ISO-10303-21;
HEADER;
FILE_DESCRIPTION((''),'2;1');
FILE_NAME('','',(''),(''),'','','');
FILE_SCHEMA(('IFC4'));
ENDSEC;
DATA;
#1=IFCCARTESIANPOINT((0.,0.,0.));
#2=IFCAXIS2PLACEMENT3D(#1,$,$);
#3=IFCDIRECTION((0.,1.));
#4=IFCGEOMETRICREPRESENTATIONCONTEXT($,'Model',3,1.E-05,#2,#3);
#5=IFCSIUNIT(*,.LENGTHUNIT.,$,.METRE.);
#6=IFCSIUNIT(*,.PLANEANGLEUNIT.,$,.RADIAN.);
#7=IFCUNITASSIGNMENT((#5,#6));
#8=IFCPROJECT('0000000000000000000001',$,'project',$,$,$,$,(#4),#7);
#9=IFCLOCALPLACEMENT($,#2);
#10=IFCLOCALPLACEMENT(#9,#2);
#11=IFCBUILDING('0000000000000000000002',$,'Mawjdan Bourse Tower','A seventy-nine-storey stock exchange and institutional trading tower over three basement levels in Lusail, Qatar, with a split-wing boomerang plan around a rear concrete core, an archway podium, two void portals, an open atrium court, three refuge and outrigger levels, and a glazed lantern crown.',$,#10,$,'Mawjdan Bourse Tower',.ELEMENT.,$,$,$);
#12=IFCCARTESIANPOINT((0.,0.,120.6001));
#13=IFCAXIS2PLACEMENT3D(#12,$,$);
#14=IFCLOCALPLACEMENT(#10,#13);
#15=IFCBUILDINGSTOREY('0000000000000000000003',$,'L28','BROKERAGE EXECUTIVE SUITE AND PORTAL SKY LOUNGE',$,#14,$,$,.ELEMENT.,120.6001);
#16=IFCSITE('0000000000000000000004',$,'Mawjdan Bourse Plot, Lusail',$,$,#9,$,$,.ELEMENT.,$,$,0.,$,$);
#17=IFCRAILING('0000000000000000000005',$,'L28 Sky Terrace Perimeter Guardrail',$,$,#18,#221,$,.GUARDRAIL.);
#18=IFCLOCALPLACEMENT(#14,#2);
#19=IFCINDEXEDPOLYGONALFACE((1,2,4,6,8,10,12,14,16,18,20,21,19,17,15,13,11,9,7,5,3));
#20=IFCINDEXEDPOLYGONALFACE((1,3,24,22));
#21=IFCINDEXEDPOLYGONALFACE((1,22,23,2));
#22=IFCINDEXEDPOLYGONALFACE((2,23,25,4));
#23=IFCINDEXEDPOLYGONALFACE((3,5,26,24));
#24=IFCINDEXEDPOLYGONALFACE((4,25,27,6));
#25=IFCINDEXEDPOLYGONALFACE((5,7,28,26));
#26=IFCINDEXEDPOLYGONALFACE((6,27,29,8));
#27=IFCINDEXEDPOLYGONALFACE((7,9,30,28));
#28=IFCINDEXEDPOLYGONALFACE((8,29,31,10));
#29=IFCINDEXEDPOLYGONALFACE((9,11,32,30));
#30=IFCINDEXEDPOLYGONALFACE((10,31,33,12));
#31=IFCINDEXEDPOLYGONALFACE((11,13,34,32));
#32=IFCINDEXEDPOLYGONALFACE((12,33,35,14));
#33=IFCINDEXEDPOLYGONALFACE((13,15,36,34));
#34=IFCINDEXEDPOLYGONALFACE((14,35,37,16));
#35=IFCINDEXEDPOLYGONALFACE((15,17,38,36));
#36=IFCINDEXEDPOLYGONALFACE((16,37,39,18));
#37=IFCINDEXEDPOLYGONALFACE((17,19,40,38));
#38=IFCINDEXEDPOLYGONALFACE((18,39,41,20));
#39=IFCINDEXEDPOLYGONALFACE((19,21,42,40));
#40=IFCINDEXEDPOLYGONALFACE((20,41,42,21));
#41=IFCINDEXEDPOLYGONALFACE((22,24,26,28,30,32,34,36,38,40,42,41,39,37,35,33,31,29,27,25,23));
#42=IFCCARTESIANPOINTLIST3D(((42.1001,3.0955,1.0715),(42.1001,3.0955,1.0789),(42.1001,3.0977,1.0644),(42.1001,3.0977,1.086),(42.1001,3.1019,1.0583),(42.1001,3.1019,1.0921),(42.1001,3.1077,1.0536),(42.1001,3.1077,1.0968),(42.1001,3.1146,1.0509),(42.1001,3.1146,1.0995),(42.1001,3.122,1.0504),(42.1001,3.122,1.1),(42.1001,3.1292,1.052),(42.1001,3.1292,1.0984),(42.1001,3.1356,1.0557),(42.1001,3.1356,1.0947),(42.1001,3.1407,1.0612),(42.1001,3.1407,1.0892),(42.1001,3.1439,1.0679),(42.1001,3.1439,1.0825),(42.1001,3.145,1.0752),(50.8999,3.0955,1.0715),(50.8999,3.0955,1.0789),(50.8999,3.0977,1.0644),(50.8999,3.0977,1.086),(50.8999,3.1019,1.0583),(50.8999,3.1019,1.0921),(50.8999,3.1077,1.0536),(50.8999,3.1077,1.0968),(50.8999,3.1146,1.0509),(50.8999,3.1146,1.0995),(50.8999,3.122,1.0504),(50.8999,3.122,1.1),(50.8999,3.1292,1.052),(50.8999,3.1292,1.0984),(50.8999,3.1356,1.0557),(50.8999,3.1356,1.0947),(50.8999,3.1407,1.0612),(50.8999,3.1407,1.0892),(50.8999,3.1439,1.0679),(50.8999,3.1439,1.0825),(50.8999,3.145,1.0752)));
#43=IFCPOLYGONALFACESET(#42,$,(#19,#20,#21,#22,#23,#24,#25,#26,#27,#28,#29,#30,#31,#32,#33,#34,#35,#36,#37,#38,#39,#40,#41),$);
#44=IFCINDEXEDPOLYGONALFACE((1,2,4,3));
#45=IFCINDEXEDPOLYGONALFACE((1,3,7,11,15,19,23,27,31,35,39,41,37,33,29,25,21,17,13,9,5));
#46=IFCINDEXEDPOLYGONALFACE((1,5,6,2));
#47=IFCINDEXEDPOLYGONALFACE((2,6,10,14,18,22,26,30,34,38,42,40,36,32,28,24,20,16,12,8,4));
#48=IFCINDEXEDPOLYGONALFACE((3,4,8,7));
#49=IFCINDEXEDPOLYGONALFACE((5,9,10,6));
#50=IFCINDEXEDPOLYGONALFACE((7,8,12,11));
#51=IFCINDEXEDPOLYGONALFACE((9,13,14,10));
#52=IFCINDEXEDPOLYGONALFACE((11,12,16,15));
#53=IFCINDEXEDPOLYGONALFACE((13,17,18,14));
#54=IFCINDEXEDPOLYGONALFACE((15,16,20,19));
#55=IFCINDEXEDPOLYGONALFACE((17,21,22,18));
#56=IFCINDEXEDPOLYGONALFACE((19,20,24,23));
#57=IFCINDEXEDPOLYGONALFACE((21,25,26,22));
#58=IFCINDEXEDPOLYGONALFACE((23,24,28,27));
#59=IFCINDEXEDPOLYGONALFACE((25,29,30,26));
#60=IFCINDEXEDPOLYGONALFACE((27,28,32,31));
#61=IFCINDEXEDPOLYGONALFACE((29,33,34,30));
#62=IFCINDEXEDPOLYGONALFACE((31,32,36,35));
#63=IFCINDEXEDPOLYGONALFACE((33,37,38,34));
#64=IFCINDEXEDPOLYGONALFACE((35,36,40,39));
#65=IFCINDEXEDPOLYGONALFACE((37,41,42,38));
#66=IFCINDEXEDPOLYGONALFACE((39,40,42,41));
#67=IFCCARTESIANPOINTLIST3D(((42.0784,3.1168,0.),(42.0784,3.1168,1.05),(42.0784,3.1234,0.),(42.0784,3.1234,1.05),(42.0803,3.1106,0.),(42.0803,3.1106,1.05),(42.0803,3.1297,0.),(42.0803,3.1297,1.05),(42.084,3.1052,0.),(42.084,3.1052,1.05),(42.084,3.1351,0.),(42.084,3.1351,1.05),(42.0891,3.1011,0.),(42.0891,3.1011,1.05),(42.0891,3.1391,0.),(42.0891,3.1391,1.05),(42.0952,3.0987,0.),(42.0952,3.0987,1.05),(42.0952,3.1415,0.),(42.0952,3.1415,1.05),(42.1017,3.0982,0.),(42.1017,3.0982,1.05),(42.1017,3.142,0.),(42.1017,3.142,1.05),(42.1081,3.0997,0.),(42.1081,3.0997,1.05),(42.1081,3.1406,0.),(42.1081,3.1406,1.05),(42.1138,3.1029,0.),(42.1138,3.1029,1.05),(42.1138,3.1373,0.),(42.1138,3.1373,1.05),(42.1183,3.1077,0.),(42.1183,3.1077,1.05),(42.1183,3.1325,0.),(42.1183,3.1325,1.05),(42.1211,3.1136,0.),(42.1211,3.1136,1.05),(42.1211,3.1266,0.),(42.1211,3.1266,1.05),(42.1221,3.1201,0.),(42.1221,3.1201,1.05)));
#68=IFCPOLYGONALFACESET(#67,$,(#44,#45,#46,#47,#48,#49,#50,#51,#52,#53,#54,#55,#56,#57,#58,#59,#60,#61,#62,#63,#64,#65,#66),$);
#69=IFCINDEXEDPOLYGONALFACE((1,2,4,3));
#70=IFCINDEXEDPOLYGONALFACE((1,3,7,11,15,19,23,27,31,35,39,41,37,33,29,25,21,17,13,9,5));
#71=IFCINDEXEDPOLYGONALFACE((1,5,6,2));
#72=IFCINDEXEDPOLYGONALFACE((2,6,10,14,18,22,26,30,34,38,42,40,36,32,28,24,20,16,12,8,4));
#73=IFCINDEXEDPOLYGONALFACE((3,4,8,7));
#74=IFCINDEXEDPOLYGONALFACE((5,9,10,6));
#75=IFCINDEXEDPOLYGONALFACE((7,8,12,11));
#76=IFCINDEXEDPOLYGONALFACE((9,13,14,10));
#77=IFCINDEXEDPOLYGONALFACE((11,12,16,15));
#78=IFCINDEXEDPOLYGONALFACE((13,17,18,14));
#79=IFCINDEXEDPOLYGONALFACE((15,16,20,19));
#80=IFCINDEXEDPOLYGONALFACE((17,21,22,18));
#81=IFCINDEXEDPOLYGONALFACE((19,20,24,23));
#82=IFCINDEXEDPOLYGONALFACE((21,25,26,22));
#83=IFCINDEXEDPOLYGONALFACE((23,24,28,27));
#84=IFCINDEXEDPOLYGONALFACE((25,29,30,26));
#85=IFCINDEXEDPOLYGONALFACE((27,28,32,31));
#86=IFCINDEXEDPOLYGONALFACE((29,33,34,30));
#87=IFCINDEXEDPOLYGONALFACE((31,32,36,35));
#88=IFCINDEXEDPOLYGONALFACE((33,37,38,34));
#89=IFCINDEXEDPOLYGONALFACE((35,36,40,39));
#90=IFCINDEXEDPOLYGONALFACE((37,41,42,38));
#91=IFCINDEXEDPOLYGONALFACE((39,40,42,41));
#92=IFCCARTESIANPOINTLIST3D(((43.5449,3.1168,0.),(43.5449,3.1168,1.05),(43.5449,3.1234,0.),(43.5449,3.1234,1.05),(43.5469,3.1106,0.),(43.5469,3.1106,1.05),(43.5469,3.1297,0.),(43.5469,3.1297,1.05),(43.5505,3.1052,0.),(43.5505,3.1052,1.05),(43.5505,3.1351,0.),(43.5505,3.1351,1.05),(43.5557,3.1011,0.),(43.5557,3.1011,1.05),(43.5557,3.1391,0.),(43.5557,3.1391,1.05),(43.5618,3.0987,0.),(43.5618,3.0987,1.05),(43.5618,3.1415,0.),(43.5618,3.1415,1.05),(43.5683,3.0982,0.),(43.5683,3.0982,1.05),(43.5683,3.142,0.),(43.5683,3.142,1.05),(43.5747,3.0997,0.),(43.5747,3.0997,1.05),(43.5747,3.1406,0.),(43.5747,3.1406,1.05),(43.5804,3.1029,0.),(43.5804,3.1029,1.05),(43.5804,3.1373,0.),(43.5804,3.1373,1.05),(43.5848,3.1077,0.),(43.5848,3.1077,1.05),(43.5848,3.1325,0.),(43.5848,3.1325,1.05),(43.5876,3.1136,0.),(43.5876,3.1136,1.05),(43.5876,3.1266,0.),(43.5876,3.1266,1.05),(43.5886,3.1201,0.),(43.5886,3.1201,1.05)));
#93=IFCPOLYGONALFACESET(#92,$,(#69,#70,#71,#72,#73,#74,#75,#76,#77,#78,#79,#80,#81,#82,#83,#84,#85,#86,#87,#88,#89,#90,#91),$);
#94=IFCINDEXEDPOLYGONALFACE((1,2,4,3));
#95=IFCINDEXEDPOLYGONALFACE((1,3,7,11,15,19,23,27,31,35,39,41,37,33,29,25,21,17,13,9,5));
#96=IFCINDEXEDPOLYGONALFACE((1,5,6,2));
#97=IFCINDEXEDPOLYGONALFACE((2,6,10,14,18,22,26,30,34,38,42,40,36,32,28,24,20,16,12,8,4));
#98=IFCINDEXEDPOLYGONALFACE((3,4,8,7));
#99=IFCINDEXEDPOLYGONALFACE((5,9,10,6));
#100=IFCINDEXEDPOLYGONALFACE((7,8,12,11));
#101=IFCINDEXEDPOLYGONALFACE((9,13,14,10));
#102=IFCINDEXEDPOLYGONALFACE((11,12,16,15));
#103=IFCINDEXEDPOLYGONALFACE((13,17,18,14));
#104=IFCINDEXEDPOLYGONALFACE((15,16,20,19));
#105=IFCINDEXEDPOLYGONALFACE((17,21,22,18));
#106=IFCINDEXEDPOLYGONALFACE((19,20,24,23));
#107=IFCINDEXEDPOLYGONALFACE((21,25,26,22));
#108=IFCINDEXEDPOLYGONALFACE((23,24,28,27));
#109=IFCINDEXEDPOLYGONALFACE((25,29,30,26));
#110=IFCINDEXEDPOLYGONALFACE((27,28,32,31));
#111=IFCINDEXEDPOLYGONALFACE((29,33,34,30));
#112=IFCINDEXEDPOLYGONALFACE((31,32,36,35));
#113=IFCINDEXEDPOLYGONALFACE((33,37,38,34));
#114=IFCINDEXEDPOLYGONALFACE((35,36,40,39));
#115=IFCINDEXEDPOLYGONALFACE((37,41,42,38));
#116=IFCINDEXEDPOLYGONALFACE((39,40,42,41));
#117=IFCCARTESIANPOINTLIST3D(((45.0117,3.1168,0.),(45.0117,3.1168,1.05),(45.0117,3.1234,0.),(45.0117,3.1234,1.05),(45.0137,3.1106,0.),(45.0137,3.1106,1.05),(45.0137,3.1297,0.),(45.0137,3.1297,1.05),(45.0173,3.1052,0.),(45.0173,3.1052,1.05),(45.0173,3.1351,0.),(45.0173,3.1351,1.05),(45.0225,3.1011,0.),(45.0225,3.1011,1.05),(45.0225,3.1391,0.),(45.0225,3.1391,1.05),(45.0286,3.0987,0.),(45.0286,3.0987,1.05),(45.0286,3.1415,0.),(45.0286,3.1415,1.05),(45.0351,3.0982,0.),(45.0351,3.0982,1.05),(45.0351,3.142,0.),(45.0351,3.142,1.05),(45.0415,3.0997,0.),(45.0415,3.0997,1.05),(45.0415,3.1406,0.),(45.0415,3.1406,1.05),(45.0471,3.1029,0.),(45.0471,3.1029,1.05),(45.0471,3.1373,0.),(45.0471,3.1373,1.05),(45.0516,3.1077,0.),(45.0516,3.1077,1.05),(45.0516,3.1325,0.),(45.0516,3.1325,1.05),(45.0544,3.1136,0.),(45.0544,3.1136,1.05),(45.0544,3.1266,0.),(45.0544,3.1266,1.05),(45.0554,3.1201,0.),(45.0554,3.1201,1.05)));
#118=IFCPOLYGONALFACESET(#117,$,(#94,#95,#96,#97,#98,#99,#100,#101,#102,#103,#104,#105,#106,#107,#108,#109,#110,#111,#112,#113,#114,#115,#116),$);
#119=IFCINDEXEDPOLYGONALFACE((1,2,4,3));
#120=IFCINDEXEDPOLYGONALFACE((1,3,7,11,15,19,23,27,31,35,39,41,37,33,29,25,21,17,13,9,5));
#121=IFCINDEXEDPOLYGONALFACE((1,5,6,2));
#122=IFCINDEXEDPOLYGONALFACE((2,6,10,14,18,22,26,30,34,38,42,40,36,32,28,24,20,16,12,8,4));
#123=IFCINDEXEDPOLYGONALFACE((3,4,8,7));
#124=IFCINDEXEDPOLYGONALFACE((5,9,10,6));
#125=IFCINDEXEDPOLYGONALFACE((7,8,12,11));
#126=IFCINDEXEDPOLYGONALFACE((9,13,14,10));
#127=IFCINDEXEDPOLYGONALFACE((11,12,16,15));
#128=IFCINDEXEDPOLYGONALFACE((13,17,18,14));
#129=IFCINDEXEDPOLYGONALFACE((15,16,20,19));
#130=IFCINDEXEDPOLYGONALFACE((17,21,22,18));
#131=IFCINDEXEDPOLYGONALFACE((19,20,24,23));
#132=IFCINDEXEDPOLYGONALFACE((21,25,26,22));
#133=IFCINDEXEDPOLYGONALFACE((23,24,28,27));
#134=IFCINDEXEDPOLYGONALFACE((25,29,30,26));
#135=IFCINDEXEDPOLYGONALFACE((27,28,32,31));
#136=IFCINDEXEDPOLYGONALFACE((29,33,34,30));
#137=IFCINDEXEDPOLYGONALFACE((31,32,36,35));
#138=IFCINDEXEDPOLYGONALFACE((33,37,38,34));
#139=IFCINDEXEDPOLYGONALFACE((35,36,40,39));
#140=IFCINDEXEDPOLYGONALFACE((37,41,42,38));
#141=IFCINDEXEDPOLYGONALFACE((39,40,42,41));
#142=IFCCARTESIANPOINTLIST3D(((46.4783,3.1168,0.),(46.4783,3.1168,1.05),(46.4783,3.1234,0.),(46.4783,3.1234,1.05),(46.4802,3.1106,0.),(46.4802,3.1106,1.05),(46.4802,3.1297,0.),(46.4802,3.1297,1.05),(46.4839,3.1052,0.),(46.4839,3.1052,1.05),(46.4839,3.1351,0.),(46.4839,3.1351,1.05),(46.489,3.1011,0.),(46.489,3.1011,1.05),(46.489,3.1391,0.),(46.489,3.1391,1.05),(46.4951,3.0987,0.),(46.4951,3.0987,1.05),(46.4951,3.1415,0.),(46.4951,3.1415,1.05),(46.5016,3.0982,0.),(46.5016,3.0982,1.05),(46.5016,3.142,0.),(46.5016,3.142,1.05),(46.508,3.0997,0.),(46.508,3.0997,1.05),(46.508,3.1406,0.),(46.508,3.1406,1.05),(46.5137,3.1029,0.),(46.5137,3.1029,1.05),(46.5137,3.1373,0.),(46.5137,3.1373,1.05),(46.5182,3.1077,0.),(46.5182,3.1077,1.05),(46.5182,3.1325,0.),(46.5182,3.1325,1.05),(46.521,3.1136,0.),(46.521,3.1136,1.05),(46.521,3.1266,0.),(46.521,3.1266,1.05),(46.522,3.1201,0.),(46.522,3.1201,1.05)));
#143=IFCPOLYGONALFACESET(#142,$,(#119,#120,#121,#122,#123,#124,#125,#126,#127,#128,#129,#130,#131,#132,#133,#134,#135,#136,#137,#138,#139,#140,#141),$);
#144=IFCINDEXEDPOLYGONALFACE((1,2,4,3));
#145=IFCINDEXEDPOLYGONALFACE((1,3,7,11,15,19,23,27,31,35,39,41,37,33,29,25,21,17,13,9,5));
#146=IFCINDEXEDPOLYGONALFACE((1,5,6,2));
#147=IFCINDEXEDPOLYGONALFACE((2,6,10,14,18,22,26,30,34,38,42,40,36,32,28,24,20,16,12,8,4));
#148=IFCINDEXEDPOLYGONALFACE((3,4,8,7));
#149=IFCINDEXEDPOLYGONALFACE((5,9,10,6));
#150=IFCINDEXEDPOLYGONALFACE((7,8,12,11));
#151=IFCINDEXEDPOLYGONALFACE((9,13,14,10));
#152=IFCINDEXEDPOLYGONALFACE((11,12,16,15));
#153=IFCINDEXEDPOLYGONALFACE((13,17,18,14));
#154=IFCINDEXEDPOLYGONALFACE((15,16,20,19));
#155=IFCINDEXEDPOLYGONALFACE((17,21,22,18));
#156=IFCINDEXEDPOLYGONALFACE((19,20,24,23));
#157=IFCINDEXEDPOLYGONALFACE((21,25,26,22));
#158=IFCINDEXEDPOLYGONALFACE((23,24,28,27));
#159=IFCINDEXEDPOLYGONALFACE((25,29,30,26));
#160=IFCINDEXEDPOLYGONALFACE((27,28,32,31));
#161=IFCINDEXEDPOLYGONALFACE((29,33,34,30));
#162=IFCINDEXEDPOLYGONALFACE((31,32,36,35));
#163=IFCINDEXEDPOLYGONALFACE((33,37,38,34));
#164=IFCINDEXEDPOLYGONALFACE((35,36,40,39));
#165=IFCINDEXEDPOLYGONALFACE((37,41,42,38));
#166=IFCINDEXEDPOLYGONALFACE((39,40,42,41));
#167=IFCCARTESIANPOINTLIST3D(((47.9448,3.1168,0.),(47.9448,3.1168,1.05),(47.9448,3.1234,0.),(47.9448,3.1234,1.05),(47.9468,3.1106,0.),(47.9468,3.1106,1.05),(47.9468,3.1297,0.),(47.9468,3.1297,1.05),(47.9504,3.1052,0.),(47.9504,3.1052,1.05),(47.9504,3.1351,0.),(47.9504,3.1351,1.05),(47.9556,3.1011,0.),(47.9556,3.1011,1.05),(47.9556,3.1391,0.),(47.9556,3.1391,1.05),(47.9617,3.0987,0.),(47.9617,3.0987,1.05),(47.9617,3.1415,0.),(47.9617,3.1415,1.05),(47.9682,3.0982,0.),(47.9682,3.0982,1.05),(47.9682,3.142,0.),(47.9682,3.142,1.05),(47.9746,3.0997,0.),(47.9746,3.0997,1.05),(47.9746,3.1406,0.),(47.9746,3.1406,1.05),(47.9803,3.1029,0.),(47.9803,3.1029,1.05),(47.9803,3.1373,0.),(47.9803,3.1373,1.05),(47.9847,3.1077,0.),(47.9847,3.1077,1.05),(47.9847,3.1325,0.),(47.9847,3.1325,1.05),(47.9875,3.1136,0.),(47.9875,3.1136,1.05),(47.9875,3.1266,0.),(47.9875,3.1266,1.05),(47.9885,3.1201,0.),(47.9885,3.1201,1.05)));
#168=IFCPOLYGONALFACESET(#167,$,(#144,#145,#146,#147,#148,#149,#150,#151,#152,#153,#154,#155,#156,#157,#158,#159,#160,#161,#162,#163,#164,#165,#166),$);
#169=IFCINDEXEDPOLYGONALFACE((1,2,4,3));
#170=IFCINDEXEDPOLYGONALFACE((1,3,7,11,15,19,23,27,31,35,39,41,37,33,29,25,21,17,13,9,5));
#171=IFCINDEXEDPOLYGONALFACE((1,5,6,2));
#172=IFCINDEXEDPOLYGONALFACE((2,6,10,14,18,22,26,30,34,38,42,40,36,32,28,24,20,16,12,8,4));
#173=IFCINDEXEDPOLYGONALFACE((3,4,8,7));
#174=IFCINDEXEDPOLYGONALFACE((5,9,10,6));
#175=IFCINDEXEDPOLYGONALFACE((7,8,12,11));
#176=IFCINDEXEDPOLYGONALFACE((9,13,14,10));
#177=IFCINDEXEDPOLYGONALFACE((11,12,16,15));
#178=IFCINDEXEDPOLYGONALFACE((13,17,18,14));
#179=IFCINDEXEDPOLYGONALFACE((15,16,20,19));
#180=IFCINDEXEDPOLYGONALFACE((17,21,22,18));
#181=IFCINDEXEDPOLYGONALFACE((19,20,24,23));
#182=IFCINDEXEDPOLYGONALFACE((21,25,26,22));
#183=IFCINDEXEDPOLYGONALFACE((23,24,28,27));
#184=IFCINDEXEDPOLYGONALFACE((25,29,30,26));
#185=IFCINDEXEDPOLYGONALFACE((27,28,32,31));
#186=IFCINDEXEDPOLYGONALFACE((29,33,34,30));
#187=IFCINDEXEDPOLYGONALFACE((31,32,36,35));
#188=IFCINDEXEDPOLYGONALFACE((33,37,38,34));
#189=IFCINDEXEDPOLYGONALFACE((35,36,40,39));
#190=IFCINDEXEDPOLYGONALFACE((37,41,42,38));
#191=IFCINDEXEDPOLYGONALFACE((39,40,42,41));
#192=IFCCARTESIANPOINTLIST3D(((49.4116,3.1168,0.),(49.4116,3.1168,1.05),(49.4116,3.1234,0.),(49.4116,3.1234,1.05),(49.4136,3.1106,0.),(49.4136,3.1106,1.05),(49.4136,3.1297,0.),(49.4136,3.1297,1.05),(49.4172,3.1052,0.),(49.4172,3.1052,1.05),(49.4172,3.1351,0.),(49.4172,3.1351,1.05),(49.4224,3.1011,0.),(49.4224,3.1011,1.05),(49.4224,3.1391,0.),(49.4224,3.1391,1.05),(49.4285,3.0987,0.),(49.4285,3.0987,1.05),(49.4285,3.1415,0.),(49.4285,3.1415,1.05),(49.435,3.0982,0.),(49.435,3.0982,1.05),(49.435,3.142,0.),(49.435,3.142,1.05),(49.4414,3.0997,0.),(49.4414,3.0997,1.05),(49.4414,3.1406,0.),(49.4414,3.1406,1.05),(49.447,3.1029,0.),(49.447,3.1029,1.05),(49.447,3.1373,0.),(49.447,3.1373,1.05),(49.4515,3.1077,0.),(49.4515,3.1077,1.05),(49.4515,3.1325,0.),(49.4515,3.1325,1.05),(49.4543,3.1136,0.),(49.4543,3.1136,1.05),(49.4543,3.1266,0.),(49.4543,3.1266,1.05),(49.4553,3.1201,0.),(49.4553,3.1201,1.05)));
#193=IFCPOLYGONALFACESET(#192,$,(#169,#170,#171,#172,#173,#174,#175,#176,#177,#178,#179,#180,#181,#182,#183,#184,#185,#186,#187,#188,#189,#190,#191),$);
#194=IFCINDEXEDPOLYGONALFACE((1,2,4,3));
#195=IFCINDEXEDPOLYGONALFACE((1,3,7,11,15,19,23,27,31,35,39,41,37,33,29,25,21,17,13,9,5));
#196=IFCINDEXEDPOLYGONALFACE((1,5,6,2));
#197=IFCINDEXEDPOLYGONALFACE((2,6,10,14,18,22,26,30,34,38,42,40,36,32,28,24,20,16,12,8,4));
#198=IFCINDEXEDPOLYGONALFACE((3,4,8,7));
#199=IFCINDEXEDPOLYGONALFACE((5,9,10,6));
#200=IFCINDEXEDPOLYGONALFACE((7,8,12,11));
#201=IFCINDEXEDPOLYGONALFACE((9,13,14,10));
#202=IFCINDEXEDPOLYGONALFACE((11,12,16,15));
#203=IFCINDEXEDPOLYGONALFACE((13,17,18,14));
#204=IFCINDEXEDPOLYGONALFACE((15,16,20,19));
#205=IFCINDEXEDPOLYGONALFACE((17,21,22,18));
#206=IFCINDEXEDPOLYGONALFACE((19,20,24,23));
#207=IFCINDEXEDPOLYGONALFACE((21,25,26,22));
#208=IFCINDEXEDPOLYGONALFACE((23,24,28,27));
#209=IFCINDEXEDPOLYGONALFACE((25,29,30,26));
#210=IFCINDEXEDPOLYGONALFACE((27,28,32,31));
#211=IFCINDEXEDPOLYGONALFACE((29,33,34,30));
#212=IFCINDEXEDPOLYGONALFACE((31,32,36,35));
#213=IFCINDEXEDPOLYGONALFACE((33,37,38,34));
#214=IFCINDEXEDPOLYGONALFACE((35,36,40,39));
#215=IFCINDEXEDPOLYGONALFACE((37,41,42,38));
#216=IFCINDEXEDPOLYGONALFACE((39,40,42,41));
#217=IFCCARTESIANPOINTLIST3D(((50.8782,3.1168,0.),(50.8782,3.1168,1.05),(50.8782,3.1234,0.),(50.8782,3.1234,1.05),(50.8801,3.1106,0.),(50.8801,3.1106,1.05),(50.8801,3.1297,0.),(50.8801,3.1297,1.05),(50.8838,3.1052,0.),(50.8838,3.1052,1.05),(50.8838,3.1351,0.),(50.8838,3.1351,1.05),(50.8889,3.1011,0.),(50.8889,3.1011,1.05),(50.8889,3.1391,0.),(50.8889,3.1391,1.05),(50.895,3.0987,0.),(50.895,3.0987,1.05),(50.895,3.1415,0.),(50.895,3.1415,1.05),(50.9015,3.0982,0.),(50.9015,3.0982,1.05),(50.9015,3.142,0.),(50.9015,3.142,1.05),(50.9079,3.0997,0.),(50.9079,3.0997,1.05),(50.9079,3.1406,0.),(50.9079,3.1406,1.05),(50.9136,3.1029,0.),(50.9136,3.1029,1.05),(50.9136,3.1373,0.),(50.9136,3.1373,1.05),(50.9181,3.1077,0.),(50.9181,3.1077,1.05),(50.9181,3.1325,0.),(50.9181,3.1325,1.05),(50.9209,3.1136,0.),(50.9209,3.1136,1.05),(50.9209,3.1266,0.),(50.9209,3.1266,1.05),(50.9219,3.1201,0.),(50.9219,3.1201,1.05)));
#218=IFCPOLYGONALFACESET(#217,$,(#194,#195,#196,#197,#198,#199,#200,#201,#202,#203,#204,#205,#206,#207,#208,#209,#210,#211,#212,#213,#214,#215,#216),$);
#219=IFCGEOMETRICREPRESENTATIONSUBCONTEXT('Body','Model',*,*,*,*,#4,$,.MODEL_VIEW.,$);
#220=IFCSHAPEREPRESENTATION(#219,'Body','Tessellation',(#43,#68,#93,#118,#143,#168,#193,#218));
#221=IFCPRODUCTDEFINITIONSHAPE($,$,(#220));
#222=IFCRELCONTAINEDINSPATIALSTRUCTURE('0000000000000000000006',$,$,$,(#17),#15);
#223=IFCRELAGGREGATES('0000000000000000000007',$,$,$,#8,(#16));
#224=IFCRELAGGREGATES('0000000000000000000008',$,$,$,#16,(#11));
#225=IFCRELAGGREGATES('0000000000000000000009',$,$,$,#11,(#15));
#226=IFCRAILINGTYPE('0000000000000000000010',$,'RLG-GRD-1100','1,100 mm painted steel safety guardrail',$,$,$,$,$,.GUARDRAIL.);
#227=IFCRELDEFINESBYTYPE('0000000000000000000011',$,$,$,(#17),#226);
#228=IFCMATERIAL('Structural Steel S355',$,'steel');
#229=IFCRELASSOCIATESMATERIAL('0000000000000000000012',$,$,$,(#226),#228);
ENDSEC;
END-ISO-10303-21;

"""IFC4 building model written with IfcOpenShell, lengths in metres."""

from ifc_helpers import new_model, si_unit, direction, frame, origin, origin_2d, place, context, subcontext, project, spatial, circle, extrude, material, type_object, element, save


model = new_model("IFC4")

# Units and contexts
model_context = context("Model", 3, precision=1e-05, world=origin(), true_north=direction((0.0, 1.0)))
body_context = subcontext(model_context, "Body", "Model", "MODEL_VIEW")
ifc_project = project(units=[si_unit("LENGTHUNIT", "METRE"), si_unit("PLANEANGLEUNIT", "RADIAN")], contexts=[model_context])

# Site, building, storey
site_placement = place(None, origin())
site = spatial("IfcSite", under=ifc_project, at=site_placement, Name="Mawjdan Bourse Plot, Lusail", CompositionType="ELEMENT", RefElevation=0.0)
building_placement = place(site_placement, origin())
building = spatial("IfcBuilding", under=site, at=building_placement, Name="Mawjdan Bourse Tower", Description="A seventy-nine-storey stock exchange and institutional trading tower over three basement levels in Lusail, Qatar, with a split-wing boomerang plan around a rear concrete core, an archway podium, two void portals, an open atrium court, three refuge and outrigger levels, and a glazed lantern crown.", LongName="Mawjdan Bourse Tower", CompositionType="ELEMENT")
storey_placement = place(building_placement, frame((0.0, 0.0, 120.6001)))
storey = spatial("IfcBuildingStorey", under=building, at=storey_placement, Name="L28", Description="BROKERAGE EXECUTIVE SUITE AND PORTAL SKY LOUNGE", CompositionType="ELEMENT", Elevation=120.6001)

# Shared definitions
ifc_material_1 = material(Name="Structural Steel S355", Category="steel")

# Railing
railing_type = type_object("IfcRailingType", Name="RLG-GRD-1100", Description="1,100 mm painted steel safety guardrail", PredefinedType="GUARDRAIL", material=ifc_material_1)
railing_placement = place(storey_placement, frame((42.1001, 3.1201, 0.0)))
element("IfcRailing", 1, at=railing_placement, inside=storey, type_object=railing_type, Name="L28 Sky Terrace Perimeter Guardrail", PredefinedType="GUARDRAIL", context=body_context, shape_type="SweptSolid", body=[
    extrude(circle(Radius=0.0249, at=origin_2d()), frame((0.0, 0.0, 1.0752), z_axis=(1.0, 0.0, 0.0), x_axis=(0.0, 1.0, 0.0)), (0.0, 0.0, 1.0), 8.7998),
    extrude(circle(Radius=0.022, at=origin_2d()), origin(), (0.0, 0.0, 1.0), 1.05),
    extrude(circle(Radius=0.022, at=origin_2d()), frame((1.4666, 0.0, 0.0)), (0.0, 0.0, 1.0), 1.05),
    extrude(circle(Radius=0.022, at=origin_2d()), frame((2.9333, 0.0, 0.0)), (0.0, 0.0, 1.0), 1.05),
    extrude(circle(Radius=0.022, at=origin_2d()), frame((4.3999, 0.0, 0.0)), (0.0, 0.0, 1.0), 1.05),
    extrude(circle(Radius=0.022, at=origin_2d()), frame((5.8665, 0.0, 0.0)), (0.0, 0.0, 1.0), 1.05),
    extrude(circle(Radius=0.022, at=origin_2d()), frame((7.3333, 0.0, 0.0)), (0.0, 0.0, 1.0), 1.05),
    extrude(circle(Radius=0.022, at=origin_2d()), frame((8.7998, 0.0, 0.0)), (0.0, 0.0, 1.0), 1.05),
])

save(model, "model.ifc")
